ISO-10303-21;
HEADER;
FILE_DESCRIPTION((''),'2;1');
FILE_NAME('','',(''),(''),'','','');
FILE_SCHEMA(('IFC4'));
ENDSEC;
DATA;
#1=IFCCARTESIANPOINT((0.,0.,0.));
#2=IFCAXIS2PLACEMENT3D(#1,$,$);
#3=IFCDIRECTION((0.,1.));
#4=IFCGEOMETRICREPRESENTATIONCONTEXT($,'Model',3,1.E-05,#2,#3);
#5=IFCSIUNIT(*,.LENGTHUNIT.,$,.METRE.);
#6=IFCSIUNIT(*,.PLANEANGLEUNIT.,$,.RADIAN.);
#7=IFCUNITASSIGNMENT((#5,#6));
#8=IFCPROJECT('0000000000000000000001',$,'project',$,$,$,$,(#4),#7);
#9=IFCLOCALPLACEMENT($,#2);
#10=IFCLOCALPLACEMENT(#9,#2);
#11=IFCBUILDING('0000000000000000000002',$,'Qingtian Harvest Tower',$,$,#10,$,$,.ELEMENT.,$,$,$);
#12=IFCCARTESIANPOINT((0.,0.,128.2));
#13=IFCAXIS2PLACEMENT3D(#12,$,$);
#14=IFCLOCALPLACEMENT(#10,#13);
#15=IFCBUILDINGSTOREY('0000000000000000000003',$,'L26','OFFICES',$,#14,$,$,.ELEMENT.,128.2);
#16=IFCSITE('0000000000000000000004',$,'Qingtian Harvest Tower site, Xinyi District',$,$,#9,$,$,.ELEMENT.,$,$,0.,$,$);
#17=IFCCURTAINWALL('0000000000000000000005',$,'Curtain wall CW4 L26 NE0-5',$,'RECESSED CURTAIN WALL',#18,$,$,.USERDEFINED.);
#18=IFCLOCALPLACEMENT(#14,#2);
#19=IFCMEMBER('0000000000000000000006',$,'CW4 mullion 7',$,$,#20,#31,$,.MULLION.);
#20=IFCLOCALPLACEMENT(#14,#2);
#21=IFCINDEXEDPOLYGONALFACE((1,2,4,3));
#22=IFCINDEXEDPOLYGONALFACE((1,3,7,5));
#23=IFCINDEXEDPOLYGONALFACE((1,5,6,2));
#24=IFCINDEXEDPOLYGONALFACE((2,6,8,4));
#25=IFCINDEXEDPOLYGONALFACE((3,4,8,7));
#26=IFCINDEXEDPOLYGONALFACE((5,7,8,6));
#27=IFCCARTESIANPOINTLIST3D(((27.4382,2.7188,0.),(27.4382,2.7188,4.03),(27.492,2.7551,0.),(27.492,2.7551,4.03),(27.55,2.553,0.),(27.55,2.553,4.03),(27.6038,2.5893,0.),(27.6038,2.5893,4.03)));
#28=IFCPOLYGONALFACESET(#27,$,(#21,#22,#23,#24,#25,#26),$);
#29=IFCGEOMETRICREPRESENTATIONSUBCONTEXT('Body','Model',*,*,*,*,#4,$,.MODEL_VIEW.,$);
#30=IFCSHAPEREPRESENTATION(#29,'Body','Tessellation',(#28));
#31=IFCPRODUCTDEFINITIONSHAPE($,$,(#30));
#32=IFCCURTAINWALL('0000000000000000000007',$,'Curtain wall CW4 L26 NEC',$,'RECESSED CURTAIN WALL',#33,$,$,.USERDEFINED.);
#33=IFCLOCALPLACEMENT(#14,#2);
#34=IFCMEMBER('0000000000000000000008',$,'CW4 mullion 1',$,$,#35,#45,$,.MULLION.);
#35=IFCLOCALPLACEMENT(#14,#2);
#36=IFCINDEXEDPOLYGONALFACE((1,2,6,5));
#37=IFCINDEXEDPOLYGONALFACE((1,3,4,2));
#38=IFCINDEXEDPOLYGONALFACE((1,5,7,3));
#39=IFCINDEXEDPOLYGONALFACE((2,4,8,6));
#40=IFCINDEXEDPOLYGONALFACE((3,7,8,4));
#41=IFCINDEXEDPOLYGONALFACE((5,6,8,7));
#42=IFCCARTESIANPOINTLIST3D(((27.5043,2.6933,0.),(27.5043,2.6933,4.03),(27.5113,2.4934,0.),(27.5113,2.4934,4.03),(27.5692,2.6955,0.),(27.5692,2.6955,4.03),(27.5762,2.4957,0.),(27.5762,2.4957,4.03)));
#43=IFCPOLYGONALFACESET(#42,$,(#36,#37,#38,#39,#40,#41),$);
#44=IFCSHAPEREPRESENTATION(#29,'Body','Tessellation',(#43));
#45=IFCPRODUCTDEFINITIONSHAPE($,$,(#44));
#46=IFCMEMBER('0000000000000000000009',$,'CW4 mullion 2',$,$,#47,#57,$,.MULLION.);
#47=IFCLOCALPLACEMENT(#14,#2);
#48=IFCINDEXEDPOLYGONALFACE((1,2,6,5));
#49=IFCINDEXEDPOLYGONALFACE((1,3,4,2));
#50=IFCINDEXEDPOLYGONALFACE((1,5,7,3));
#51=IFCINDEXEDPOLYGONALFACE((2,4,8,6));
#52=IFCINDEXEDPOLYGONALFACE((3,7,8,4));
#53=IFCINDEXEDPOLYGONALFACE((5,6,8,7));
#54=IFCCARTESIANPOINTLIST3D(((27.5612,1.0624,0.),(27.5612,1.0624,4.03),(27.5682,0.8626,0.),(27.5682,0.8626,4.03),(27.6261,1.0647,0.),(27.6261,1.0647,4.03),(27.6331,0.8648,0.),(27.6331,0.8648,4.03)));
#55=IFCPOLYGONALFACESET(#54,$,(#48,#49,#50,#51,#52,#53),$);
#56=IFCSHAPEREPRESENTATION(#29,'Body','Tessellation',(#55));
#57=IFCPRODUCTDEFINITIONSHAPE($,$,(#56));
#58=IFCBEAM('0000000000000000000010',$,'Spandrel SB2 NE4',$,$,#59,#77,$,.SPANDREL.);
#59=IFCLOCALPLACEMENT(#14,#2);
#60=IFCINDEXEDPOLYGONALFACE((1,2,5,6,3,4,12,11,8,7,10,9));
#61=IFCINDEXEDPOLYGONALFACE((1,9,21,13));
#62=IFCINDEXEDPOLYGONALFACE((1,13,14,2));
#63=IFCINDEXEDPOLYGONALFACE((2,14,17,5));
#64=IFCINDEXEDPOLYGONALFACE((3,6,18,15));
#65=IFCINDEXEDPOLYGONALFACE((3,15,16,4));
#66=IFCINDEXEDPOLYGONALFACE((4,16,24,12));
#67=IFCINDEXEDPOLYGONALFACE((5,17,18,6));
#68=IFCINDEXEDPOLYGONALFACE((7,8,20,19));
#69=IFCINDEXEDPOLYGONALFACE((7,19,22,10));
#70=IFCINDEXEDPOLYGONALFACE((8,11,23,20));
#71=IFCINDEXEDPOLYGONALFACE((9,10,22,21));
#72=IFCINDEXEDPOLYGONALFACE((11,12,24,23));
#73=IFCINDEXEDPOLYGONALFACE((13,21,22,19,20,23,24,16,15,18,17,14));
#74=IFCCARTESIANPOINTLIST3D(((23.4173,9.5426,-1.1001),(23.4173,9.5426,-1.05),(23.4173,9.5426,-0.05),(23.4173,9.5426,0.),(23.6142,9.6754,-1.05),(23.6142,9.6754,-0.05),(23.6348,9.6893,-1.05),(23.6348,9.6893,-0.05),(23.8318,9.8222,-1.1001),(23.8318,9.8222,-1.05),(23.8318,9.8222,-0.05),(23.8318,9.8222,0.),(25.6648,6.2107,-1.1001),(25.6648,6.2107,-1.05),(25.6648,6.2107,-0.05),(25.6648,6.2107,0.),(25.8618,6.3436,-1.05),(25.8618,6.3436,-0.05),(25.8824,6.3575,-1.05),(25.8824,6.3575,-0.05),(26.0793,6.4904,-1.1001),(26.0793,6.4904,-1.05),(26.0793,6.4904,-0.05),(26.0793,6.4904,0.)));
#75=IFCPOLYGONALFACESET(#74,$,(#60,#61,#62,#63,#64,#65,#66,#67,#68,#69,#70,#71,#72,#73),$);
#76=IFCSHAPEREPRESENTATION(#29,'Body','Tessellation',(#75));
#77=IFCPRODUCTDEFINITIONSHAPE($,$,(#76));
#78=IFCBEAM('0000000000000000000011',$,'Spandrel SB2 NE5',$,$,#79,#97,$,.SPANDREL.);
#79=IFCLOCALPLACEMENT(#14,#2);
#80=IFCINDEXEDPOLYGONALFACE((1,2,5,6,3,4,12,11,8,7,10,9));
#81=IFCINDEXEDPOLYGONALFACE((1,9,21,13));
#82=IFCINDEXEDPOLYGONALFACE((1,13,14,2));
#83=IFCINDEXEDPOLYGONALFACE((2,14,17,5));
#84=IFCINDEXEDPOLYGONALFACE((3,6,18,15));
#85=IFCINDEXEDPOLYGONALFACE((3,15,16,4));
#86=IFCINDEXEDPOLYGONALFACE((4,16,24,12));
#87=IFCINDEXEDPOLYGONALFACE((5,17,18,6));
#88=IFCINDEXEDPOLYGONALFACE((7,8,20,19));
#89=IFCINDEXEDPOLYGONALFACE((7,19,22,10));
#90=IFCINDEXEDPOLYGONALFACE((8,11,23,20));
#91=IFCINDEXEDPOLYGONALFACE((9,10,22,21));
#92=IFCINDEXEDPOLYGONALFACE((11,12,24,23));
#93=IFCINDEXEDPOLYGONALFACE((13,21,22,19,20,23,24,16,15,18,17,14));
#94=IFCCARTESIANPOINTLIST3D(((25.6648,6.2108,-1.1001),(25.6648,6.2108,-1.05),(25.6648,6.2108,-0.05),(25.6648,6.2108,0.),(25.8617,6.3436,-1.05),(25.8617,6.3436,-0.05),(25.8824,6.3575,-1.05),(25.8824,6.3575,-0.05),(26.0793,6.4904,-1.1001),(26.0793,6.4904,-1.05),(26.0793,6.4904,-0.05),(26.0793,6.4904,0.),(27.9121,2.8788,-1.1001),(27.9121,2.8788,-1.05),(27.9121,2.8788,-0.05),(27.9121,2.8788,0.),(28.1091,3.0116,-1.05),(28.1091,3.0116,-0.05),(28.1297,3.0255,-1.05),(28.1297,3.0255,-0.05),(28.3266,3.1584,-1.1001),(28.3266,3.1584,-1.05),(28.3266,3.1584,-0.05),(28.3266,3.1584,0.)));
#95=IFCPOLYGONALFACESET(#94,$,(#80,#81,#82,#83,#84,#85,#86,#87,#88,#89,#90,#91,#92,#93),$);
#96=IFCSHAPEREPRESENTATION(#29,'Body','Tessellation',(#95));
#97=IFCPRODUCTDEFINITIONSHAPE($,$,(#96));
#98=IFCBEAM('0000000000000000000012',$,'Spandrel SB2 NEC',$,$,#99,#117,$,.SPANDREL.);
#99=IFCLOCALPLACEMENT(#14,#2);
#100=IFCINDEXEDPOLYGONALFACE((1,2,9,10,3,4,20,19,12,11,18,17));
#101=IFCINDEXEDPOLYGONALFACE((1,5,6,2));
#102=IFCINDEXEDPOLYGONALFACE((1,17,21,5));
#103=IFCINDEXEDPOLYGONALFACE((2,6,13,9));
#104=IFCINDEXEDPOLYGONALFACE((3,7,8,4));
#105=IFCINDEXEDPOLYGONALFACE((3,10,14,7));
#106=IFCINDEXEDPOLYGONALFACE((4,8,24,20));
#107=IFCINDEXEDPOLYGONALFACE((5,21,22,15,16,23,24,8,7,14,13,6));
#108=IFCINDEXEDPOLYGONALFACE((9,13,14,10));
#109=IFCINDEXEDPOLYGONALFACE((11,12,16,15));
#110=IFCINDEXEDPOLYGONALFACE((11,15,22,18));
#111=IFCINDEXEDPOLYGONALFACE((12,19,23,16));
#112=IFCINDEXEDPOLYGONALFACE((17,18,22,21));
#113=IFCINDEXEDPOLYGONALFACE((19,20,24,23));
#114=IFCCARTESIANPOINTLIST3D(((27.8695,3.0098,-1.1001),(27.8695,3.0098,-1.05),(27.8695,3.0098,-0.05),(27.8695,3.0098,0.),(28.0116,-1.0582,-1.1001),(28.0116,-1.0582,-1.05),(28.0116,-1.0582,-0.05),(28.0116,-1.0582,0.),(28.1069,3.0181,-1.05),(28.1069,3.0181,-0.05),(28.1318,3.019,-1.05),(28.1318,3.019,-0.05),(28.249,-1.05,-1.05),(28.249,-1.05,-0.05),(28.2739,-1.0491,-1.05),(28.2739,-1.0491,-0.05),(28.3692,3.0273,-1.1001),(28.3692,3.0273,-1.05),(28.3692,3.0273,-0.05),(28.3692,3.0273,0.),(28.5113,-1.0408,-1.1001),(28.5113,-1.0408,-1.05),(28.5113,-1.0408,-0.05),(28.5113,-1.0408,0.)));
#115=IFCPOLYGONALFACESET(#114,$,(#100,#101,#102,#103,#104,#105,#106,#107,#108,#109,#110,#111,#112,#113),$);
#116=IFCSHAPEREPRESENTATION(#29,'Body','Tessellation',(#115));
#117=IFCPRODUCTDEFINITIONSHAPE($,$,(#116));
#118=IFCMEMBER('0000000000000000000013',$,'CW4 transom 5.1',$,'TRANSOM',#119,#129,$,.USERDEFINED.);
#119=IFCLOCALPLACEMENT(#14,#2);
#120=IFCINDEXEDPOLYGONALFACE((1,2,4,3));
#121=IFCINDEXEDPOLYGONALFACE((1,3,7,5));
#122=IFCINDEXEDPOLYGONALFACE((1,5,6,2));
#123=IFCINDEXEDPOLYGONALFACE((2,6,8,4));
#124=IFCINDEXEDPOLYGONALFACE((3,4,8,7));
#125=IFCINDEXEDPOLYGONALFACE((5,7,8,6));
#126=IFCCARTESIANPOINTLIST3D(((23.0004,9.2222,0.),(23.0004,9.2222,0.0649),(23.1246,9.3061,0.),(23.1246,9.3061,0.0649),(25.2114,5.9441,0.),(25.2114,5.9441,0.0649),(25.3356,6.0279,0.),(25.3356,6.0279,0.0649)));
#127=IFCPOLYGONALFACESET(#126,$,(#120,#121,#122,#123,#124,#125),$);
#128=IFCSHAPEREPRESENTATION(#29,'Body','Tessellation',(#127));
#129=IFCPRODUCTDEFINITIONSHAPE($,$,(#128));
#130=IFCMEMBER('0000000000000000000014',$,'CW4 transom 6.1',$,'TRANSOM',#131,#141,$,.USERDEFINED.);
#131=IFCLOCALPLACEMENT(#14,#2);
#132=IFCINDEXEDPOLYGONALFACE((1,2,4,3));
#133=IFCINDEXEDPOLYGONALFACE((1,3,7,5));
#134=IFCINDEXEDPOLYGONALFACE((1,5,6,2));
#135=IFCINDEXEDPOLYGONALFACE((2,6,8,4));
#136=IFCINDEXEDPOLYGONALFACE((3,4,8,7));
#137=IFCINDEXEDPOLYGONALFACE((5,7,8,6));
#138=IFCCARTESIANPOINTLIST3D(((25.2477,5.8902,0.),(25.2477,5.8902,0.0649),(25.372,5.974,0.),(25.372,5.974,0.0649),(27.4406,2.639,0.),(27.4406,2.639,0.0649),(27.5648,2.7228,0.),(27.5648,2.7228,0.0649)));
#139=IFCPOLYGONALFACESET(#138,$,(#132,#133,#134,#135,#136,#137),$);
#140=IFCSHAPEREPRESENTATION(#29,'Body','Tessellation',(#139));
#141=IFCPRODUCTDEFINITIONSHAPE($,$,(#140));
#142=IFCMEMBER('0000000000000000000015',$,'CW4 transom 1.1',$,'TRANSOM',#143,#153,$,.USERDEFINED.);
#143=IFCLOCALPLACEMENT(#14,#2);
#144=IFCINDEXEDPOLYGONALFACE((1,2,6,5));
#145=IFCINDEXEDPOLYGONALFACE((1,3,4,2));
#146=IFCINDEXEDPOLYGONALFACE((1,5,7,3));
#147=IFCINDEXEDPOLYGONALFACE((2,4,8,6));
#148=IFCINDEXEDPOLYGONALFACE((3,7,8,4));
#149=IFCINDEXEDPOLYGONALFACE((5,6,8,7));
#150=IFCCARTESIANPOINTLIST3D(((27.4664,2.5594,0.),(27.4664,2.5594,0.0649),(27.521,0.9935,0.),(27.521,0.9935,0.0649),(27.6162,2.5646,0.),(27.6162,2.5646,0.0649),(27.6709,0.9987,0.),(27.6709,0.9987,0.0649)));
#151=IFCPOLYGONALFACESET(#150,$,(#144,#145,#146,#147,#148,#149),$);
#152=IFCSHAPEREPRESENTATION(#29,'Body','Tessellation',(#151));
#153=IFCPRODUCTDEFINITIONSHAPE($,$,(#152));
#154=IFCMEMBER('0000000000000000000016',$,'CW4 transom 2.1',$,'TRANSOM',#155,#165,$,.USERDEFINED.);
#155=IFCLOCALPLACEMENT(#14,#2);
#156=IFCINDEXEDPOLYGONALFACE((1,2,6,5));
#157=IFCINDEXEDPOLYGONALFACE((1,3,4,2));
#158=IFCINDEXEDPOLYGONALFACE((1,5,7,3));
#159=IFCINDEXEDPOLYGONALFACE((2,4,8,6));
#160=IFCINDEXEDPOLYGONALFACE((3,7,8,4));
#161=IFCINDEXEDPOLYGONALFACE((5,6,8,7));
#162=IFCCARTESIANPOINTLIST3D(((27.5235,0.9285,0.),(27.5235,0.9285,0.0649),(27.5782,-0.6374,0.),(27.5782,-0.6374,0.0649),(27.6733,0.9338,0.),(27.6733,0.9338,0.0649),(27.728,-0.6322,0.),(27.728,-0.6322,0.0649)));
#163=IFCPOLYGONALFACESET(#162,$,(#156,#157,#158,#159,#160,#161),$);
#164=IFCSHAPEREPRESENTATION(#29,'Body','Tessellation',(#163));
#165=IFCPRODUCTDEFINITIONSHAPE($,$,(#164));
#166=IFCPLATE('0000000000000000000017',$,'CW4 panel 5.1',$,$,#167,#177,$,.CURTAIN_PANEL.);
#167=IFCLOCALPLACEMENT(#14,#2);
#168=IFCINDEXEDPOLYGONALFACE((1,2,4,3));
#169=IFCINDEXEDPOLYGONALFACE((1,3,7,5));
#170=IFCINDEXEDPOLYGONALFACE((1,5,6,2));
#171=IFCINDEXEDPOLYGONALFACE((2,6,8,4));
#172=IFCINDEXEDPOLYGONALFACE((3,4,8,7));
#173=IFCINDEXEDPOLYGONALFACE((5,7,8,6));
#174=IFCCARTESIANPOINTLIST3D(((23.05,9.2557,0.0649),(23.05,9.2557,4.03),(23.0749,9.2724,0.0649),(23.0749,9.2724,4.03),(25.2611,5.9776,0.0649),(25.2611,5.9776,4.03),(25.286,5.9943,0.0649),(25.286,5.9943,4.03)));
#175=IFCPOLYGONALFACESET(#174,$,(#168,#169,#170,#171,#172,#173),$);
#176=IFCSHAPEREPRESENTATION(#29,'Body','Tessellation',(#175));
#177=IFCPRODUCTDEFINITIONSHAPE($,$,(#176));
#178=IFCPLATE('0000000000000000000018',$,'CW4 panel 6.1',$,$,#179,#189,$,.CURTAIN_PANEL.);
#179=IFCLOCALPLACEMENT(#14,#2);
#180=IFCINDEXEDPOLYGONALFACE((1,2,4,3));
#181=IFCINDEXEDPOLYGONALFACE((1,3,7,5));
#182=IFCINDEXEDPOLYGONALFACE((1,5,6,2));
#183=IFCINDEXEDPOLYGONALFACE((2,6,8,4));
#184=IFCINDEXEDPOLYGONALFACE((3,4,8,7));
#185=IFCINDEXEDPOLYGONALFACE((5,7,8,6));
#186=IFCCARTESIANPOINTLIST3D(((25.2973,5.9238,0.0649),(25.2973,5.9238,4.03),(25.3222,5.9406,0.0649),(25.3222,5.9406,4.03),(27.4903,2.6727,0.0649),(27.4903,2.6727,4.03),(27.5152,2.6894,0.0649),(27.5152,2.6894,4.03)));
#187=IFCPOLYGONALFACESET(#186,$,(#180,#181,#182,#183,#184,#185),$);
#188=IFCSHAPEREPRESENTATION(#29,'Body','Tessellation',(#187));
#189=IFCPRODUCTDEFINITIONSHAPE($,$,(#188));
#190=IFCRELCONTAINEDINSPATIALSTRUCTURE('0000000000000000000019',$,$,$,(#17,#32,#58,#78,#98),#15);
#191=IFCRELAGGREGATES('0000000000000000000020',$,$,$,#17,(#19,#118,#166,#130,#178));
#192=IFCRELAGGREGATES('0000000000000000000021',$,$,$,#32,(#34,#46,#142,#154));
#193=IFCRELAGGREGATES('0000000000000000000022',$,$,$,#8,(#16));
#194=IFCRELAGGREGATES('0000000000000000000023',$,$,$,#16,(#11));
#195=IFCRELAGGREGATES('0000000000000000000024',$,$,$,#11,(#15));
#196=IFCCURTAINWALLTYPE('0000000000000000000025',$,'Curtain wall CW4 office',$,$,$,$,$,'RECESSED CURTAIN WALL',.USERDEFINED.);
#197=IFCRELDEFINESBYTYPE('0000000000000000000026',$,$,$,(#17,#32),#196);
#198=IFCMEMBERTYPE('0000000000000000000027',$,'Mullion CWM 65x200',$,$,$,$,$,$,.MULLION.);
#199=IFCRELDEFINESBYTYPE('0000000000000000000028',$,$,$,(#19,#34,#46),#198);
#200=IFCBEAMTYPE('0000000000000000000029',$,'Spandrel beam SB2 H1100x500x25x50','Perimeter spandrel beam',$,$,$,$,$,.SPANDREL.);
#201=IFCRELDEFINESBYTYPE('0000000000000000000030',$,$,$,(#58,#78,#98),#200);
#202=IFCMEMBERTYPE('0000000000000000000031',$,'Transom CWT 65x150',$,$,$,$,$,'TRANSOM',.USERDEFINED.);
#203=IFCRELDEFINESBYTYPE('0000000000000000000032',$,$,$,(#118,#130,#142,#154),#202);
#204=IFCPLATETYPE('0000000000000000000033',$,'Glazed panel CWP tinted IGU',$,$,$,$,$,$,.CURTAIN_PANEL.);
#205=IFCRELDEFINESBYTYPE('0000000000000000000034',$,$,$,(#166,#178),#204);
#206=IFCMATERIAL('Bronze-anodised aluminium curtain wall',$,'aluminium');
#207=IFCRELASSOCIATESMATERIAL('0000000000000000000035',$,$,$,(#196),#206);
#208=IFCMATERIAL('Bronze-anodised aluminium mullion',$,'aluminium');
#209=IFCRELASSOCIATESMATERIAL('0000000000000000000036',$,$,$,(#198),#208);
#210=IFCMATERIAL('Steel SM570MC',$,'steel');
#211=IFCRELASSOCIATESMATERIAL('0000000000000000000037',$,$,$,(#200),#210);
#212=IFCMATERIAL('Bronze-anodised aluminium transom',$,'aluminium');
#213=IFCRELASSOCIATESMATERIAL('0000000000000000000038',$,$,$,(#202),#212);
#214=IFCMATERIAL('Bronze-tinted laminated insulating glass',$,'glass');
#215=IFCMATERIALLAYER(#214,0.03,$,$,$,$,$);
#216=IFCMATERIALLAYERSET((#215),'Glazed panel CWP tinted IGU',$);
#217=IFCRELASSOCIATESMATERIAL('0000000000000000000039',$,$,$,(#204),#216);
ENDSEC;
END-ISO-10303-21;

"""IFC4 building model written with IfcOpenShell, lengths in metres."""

from ifc_helpers import new_model, si_unit, direction, frame, origin, origin_2d, place, context, subcontext, project, spatial, rectangle, i_section, extrude, material, layer, layer_set, material_profile, profile_set, type_object, element, aggregate, save


model = new_model("IFC4")

# Units and contexts
model_context = context("Model", 3, precision=1e-05, world=origin(), true_north=direction((0.0, 1.0)))
body_context = subcontext(model_context, "Body", "Model", "MODEL_VIEW")
ifc_project = project(units=[si_unit("LENGTHUNIT", "METRE"), si_unit("PLANEANGLEUNIT", "RADIAN")], contexts=[model_context])

# Site, building, storey
site_placement = place(None, origin())
site = spatial("IfcSite", under=ifc_project, at=site_placement, Name="Qingtian Harvest Tower site, Xinyi District", CompositionType="ELEMENT", RefElevation=0.0)
building_placement = place(site_placement, origin())
building = spatial("IfcBuilding", under=site, at=building_placement, Name="Qingtian Harvest Tower", CompositionType="ELEMENT")
storey_placement = place(building_placement, frame((0.0, 0.0, 128.2)))
storey = spatial("IfcBuildingStorey", under=building, at=storey_placement, Name="L26", Description="OFFICES", CompositionType="ELEMENT", Elevation=128.2)

# Curtain walls, members
ifc_material_1 = material(Name="Bronze-anodised aluminium curtain wall", Category="aluminium")
curtain_wall_type = type_object("IfcCurtainWallType", Name="Curtain wall CW4 office", ElementType="RECESSED CURTAIN WALL", PredefinedType="USERDEFINED", material=ifc_material_1)
curtain_wall_1_placement = place(storey_placement, origin())
curtain_wall_1 = element("IfcCurtainWall", 1, at=curtain_wall_1_placement, inside=storey, type_object=curtain_wall_type, Name="Curtain wall CW4 L26 NE0-5", ObjectType="RECESSED CURTAIN WALL", PredefinedType="USERDEFINED")
ifc_material_2 = material(Name="Bronze-anodised aluminium mullion", Category="aluminium")
ifc_material_profile_1 = material_profile(ifc_material_2, rectangle(XDim=0.0649, YDim=0.2, at=origin_2d()), Name="AL 65x200")
ifc_profile_set_1 = profile_set([ifc_material_profile_1], Name="Bronze-anodised aluminium mullion")
member_type_1 = type_object("IfcMemberType", Name="Mullion CWM 65x200", PredefinedType="MULLION", material=ifc_profile_set_1)
member_1_placement = place(storey_placement, frame((27.521, 2.6541, 0.0), z_axis=(0.0, 0.0, 1.0), x_axis=(0.829038, 0.559193, 0.0)))
member_1 = element("IfcMember", 2, at=member_1_placement, type_object=member_type_1, Name="CW4 mullion 7", PredefinedType="MULLION", context=body_context, shape_type="SweptSolid", body=[
    extrude(rectangle(XDim=0.0649, YDim=0.2, at=origin_2d()), origin(), (0.0, 0.0, 1.0), 4.03),
])
curtain_wall_2_placement = place(storey_placement, origin())
curtain_wall_2 = element("IfcCurtainWall", 3, at=curtain_wall_2_placement, inside=storey, type_object=curtain_wall_type, Name="Curtain wall CW4 L26 NEC", ObjectType="RECESSED CURTAIN WALL", PredefinedType="USERDEFINED")
member_2_placement = place(storey_placement, frame((27.5403, 2.5945, 0.0), z_axis=(0.0, 0.0, 1.0), x_axis=(0.999391, 0.034899, 0.0)))
member_2 = element("IfcMember", 4, at=member_2_placement, type_object=member_type_1, Name="CW4 mullion 1", PredefinedType="MULLION", context=body_context, shape_type="SweptSolid", body=[
    extrude(rectangle(XDim=0.0649, YDim=0.2, at=origin_2d()), origin(), (0.0, 0.0, 1.0), 4.03),
])
member_3_placement = place(storey_placement, frame((27.5972, 0.9636, 0.0), z_axis=(0.0, 0.0, 1.0), x_axis=(0.999391, 0.034899, 0.0)))
member_3 = element("IfcMember", 5, at=member_3_placement, type_object=member_type_1, Name="CW4 mullion 2", PredefinedType="MULLION", context=body_context, shape_type="SweptSolid", body=[
    extrude(rectangle(XDim=0.0649, YDim=0.2, at=origin_2d()), origin(), (0.0, 0.0, 1.0), 4.03),
])

# Beams
ifc_material_3 = material(Name="Steel SM570MC", Category="steel")
ifc_material_profile_2 = material_profile(ifc_material_3, i_section(OverallWidth=0.5, OverallDepth=1.1001, WebThickness=0.0249, FlangeThickness=0.05, at=origin_2d()), Name="H1100x500x25x50")
ifc_profile_set_2 = profile_set([ifc_material_profile_2], Name="Steel SM570MC")
beam_type_1 = type_object("IfcBeamType", Name="Spandrel beam SB2 H1100x500x25x50", Description="Perimeter spandrel beam", PredefinedType="SPANDREL", material=ifc_profile_set_2)
for number, where, z_axis, x_axis, name in (
    (6, (23.6245, 9.6824, -0.55), (0.559234, -0.82901, 0.0), (0.82901, 0.559234, 0.0), "Spandrel SB2 NE4"),
    (7, (25.8721, 6.3506, -0.55), (0.559164, -0.829057, 0.0), (0.829057, 0.559164, 0.0), "Spandrel SB2 NE5"),
):
    element("IfcBeam", number, at=place(storey_placement, frame(where, z_axis=z_axis, x_axis=x_axis)), inside=storey, type_object=beam_type_1, Name=name, PredefinedType="SPANDREL", context=body_context, shape_type="SweptSolid", body=[
        extrude(i_section(OverallWidth=0.5, OverallDepth=1.1001, WebThickness=0.0249, FlangeThickness=0.05, at=origin_2d()), origin(), (0.0, 0.0, 1.0), 4.019),
    ])
beam_1_placement = place(storey_placement, frame((28.1194, 3.0186, -0.55), z_axis=(0.034906, -0.999391, 0.0), x_axis=(0.999391, 0.034906, 0.0)))
element("IfcBeam", 8, at=beam_1_placement, inside=storey, type_object=beam_type_1, Name="Spandrel SB2 NEC", PredefinedType="SPANDREL", context=body_context, shape_type="SweptSolid", body=[
    extrude(i_section(OverallWidth=0.5, OverallDepth=1.1001, WebThickness=0.0249, FlangeThickness=0.05, at=origin_2d()), origin(), (0.0, 0.0, 1.0), 4.0706),
])

# Members
ifc_material_4 = material(Name="Bronze-anodised aluminium transom", Category="aluminium")
ifc_material_profile_3 = material_profile(ifc_material_4, rectangle(XDim=0.1499, YDim=0.0649, at=origin_2d()), Name="AL 65x150")
ifc_profile_set_3 = profile_set([ifc_material_profile_3], Name="Bronze-anodised aluminium transom")
member_type_2 = type_object("IfcMemberType", Name="Transom CWT 65x150", ElementType="TRANSOM", PredefinedType="USERDEFINED", material=ifc_profile_set_3)
member_4_placement = place(storey_placement, frame((23.0625, 9.2642, 0.0325), z_axis=(0.559166, -0.829055, 0.0), x_axis=(0.829055, 0.559166, 0.0)))
member_4 = element("IfcMember", 9, at=member_4_placement, type_object=member_type_2, Name="CW4 transom 5.1", ObjectType="TRANSOM", PredefinedType="USERDEFINED", context=body_context, shape_type="SweptSolid", body=[
    extrude(rectangle(XDim=0.1499, YDim=0.0649, at=origin_2d()), origin(), (0.0, 0.0, 1.0), 3.9541),
])
member_5_placement = place(storey_placement, frame((25.3098, 5.9321, 0.0325), z_axis=(0.559175, -0.82905, 0.0), x_axis=(0.82905, 0.559175, 0.0)))
member_5 = element("IfcMember", 10, at=member_5_placement, type_object=member_type_2, Name="CW4 transom 6.1", ObjectType="TRANSOM", PredefinedType="USERDEFINED", context=body_context, shape_type="SweptSolid", body=[
    extrude(rectangle(XDim=0.1499, YDim=0.0649, at=origin_2d()), origin(), (0.0, 0.0, 1.0), 3.9216),
])
member_6_placement = place(storey_placement, frame((27.5413, 2.562, 0.0325), z_axis=(0.034902, -0.999391, 0.0), x_axis=(0.999391, 0.034902, 0.0)))
member_6 = element("IfcMember", 11, at=member_6_placement, type_object=member_type_2, Name="CW4 transom 1.1", ObjectType="TRANSOM", PredefinedType="USERDEFINED", context=body_context, shape_type="SweptSolid", body=[
    extrude(rectangle(XDim=0.1499, YDim=0.0649, at=origin_2d()), origin(), (0.0, 0.0, 1.0), 1.5669),
])
member_7_placement = place(storey_placement, frame((27.5984, 0.9312, 0.0325), z_axis=(0.034902, -0.999391, 0.0), x_axis=(0.999391, 0.034902, 0.0)))
member_7 = element("IfcMember", 12, at=member_7_placement, type_object=member_type_2, Name="CW4 transom 2.1", ObjectType="TRANSOM", PredefinedType="USERDEFINED", context=body_context, shape_type="SweptSolid", body=[
    extrude(rectangle(XDim=0.1499, YDim=0.0649, at=origin_2d()), origin(), (0.0, 0.0, 1.0), 1.5669),
])

# Plates
ifc_material_5 = material(Name="Bronze-tinted laminated insulating glass", Category="glass")
ifc_layer_1 = layer(ifc_material_5, 0.03)
ifc_layer_set_1 = layer_set([ifc_layer_1], Name="Glazed panel CWP tinted IGU")
plate_type = type_object("IfcPlateType", Name="Glazed panel CWP tinted IGU", PredefinedType="CURTAIN_PANEL", material=ifc_layer_set_1)
plate_1_placement = place(storey_placement, frame((24.168, 7.625, 0.0649), z_axis=(0.0, 0.0, 1.0), x_axis=(0.559193, -0.829038, 0.0)))
plate_1 = element("IfcPlate", 13, at=plate_1_placement, type_object=plate_type, Name="CW4 panel 5.1", PredefinedType="CURTAIN_PANEL", context=body_context, shape_type="SweptSolid", body=[
    extrude(rectangle(XDim=3.9541, YDim=0.03, at=origin_2d()), origin(), (0.0, 0.0, 1.0), 3.9651),
])
plate_2_placement = place(storey_placement, frame((26.4062, 4.3066, 0.0649), z_axis=(0.0, 0.0, 1.0), x_axis=(0.559193, -0.829038, 0.0)))
plate_2 = element("IfcPlate", 14, at=plate_2_placement, type_object=plate_type, Name="CW4 panel 6.1", PredefinedType="CURTAIN_PANEL", context=body_context, shape_type="SweptSolid", body=[
    extrude(rectangle(XDim=3.9216, YDim=0.03, at=origin_2d()), origin(), (0.0, 0.0, 1.0), 3.9651),
])
aggregate(curtain_wall_1, [member_1, member_4, plate_1, member_5, plate_2])
aggregate(curtain_wall_2, [member_2, member_3, member_6, member_7])

save(model, "model.ifc")
